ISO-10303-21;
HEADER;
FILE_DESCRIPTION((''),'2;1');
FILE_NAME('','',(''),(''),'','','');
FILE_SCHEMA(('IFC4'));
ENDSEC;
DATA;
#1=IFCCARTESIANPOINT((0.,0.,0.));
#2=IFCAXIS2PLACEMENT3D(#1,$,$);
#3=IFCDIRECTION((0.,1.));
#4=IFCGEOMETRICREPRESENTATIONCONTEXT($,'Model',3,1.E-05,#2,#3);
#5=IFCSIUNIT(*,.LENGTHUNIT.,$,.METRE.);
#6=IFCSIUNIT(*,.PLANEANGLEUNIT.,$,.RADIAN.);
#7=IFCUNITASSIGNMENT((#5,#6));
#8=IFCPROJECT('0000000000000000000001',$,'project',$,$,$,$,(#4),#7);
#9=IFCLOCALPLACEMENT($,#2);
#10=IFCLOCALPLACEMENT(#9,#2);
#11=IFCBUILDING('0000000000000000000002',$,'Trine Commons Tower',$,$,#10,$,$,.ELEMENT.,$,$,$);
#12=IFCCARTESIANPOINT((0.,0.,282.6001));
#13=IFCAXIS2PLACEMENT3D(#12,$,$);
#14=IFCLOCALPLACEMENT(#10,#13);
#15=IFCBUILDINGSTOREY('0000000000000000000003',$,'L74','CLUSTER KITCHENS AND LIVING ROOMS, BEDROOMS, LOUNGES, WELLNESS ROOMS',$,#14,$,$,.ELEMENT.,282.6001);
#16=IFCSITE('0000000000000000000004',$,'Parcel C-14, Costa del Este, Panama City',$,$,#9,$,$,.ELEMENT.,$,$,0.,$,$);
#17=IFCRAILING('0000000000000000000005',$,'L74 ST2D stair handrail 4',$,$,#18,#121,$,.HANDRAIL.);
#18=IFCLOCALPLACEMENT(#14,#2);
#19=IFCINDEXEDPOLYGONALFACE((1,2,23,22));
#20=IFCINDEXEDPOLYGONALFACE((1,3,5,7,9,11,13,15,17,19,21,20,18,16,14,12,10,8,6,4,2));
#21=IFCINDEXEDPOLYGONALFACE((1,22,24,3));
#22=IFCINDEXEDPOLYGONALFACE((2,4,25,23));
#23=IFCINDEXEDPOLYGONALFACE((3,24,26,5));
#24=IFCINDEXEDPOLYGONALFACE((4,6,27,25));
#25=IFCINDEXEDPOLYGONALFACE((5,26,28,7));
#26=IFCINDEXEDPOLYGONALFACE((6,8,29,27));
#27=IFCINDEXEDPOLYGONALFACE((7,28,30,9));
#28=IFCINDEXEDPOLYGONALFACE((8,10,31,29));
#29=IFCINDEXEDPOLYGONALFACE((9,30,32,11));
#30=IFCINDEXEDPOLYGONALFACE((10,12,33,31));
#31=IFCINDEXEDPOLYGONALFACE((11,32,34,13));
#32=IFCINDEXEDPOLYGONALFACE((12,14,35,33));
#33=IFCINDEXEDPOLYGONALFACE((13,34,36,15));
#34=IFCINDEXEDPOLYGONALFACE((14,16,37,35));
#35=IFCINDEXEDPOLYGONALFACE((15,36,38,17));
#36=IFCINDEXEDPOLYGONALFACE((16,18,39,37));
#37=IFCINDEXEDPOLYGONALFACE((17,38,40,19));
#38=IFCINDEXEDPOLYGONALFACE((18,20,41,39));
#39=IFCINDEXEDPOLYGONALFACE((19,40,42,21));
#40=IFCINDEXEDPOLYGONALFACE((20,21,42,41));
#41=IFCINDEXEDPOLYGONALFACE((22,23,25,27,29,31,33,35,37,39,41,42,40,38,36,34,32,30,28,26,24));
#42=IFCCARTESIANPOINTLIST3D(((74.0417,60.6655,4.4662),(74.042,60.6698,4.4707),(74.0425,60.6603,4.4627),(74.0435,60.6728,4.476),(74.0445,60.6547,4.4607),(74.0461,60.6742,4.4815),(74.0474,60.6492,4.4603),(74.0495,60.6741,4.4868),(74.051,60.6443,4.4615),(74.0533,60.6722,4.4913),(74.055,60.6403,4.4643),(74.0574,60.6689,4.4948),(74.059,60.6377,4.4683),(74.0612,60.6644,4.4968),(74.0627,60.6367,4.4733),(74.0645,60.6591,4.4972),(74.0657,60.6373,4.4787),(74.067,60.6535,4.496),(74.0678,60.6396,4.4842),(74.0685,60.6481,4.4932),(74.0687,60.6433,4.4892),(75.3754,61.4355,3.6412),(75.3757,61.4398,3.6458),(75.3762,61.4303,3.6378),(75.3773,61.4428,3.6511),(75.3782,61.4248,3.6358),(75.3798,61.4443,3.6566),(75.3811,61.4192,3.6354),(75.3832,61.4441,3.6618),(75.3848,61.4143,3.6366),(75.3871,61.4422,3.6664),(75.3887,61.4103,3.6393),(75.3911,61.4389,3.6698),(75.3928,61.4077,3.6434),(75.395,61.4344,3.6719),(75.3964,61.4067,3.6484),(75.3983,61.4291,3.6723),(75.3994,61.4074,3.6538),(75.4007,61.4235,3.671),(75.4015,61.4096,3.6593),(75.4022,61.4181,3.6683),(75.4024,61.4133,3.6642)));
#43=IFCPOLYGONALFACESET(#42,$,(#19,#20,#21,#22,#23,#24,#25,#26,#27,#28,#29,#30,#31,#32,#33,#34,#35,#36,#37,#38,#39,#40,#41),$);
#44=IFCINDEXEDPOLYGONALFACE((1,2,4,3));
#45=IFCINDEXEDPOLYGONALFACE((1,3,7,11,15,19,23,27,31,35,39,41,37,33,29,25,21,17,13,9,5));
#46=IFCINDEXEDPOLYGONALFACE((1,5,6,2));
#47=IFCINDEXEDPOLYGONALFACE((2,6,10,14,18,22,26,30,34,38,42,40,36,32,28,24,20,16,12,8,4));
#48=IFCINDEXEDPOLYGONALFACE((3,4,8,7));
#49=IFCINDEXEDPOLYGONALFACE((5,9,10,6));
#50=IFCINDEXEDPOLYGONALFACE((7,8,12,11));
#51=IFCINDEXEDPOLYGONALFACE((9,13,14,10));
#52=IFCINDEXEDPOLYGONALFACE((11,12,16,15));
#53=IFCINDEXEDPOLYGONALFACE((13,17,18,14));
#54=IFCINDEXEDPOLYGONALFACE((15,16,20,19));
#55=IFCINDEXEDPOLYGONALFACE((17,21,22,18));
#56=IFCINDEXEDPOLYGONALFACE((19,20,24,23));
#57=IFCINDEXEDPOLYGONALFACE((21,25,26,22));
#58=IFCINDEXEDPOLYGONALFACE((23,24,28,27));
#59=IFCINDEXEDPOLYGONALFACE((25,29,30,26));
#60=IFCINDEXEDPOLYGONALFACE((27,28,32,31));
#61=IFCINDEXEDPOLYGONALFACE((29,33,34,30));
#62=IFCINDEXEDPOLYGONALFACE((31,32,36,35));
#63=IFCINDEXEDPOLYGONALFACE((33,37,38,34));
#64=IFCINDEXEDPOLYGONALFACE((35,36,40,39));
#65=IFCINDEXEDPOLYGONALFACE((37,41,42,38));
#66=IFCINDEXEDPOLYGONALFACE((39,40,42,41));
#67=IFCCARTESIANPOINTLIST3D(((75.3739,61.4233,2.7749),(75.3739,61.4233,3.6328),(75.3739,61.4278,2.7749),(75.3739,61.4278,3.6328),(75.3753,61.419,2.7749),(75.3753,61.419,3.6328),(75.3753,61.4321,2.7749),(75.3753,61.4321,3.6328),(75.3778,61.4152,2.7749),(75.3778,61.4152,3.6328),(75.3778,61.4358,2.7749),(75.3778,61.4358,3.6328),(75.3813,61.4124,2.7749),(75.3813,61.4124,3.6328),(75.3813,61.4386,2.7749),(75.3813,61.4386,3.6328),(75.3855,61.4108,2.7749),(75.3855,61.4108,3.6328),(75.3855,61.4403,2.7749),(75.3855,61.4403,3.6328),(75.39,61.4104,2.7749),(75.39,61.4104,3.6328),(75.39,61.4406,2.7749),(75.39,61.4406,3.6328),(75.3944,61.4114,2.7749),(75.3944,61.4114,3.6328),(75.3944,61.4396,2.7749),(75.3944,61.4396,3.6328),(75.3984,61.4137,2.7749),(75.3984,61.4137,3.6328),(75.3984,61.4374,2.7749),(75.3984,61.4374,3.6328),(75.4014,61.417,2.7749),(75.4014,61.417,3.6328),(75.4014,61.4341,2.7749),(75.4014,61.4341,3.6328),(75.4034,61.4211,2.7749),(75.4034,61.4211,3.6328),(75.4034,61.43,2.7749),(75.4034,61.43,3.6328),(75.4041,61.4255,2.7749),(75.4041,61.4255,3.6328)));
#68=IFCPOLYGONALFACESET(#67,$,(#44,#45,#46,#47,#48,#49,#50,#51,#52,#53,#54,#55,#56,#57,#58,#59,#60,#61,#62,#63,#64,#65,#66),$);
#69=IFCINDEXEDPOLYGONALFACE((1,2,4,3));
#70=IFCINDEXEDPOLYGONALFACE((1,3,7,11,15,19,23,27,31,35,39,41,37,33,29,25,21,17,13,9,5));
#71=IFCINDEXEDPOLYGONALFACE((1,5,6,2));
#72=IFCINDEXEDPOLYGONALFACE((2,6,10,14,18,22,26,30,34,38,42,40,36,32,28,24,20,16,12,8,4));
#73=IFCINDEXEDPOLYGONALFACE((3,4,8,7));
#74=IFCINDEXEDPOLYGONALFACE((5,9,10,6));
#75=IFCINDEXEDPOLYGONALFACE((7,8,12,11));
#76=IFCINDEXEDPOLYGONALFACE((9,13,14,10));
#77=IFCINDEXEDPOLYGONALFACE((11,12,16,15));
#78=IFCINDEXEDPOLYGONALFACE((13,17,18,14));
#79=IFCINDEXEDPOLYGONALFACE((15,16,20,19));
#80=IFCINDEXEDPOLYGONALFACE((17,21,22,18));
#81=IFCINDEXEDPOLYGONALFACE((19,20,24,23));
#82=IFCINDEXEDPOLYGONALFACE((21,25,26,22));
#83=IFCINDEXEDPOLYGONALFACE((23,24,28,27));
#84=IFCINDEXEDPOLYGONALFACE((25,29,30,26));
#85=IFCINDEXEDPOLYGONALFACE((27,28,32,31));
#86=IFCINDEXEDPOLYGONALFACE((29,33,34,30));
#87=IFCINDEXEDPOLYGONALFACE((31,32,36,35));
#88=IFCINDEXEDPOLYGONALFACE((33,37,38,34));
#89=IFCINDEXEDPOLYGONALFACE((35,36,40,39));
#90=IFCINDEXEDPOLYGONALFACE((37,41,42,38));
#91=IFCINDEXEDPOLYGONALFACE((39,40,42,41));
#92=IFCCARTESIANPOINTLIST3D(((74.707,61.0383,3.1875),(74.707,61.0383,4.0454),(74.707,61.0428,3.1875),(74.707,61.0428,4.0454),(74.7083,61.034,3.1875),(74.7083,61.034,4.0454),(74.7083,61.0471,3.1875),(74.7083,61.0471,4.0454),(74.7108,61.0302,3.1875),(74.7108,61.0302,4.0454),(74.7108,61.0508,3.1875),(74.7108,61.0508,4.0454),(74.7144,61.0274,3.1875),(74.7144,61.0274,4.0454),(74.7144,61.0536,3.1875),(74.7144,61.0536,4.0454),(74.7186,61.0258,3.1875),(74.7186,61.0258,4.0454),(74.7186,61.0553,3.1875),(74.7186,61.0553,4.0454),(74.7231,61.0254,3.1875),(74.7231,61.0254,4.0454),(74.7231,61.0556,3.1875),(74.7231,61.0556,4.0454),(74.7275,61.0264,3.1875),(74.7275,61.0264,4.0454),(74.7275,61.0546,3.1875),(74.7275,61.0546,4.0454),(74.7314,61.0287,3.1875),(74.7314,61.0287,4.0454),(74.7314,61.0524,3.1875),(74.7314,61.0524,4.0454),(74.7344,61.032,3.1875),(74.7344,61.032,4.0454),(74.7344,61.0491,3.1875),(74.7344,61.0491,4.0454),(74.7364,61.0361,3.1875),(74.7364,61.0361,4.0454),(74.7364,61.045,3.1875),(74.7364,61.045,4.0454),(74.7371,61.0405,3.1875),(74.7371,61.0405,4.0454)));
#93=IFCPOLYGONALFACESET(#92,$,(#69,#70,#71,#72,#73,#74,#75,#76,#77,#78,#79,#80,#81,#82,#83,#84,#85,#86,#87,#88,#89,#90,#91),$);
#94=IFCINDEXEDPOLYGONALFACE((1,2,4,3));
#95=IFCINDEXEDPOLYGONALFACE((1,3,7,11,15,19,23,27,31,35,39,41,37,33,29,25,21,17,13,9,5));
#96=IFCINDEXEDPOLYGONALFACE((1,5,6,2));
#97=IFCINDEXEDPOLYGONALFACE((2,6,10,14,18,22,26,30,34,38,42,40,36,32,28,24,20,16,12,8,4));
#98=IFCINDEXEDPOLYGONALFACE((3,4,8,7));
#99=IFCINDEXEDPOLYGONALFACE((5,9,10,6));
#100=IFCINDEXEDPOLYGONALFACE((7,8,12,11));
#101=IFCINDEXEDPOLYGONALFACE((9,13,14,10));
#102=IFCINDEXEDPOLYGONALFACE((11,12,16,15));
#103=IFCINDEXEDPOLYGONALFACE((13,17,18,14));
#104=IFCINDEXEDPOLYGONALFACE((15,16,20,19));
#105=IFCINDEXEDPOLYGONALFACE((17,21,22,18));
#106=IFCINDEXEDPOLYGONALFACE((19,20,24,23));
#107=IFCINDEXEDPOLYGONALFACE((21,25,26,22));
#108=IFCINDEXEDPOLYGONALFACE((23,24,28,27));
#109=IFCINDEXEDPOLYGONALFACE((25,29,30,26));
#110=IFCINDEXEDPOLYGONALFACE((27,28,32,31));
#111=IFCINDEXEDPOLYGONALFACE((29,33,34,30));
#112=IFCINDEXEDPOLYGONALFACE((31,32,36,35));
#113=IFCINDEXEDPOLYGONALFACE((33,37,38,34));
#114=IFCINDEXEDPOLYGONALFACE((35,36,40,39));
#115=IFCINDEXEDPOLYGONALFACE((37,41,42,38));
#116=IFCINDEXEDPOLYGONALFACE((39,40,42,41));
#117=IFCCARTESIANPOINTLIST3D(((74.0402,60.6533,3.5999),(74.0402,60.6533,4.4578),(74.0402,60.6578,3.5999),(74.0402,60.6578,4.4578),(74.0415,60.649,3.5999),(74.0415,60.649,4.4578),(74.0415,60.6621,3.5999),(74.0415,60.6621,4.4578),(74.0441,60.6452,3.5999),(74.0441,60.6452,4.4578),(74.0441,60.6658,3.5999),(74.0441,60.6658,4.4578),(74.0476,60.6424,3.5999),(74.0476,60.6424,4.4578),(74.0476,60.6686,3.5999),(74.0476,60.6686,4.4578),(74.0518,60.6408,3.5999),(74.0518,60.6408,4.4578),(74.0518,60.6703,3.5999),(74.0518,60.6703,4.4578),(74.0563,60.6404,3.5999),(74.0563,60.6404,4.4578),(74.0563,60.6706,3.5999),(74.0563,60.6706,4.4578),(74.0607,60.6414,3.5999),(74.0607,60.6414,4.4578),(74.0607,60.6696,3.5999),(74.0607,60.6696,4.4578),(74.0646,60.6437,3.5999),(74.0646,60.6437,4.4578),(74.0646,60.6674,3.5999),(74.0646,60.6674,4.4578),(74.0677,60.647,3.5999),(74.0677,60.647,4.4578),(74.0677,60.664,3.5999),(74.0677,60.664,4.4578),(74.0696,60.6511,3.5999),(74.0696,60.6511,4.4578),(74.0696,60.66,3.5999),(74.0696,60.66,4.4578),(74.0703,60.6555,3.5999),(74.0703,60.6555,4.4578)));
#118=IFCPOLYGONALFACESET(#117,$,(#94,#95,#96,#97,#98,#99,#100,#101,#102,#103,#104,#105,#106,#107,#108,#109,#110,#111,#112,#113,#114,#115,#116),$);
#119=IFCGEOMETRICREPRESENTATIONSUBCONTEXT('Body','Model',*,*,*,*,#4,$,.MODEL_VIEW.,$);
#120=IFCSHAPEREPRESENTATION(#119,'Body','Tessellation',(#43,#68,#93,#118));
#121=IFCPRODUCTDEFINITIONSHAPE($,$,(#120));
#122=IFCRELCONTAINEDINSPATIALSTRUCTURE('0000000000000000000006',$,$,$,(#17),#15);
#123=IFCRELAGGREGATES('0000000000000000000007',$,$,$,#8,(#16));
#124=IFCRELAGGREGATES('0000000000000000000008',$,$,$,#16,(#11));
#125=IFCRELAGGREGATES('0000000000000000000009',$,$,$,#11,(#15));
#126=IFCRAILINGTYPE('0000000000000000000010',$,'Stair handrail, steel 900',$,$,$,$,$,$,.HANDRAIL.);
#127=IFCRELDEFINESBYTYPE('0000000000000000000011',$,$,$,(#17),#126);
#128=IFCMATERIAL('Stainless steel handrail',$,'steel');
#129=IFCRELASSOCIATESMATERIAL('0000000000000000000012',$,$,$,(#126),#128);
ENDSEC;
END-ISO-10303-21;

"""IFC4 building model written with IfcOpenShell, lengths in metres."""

from ifc_helpers import new_model, si_unit, direction, frame, origin, origin_2d, place, context, subcontext, project, spatial, circle, extrude, material, type_object, element, save


model = new_model("IFC4")

# Units and contexts
model_context = context("Model", 3, precision=1e-05, world=origin(), true_north=direction((0.0, 1.0)))
body_context = subcontext(model_context, "Body", "Model", "MODEL_VIEW")
ifc_project = project(units=[si_unit("LENGTHUNIT", "METRE"), si_unit("PLANEANGLEUNIT", "RADIAN")], contexts=[model_context])

# Site, building, storey
site_placement = place(None, origin())
site = spatial("IfcSite", under=ifc_project, at=site_placement, Name="Parcel C-14, Costa del Este, Panama City", CompositionType="ELEMENT", RefElevation=0.0)
building_placement = place(site_placement, origin())
building = spatial("IfcBuilding", under=site, at=building_placement, Name="Trine Commons Tower", CompositionType="ELEMENT")
storey_placement = place(building_placement, frame((0.0, 0.0, 282.6001)))
storey = spatial("IfcBuildingStorey", under=building, at=storey_placement, Name="L74", Description="CLUSTER KITCHENS AND LIVING ROOMS, BEDROOMS, LOUNGES, WELLNESS ROOMS", CompositionType="ELEMENT", Elevation=282.6001)

# Railing
ifc_material_1 = material(Name="Stainless steel handrail", Category="steel")
railing_type_1 = type_object("IfcRailingType", Name="Stair handrail, steel 900", PredefinedType="HANDRAIL", material=ifc_material_1)
for number, where, name in (
    (1, (75.3889, 61.4255, 2.7749), "L74 ST2D stair handrail 4"),
):
    element("IfcRailing", number, at=place(storey_placement, frame(where)), inside=storey, type_object=railing_type_1, Name=name, PredefinedType="HANDRAIL", context=body_context, shape_type="SweptSolid", body=[
        extrude(circle(Radius=0.021, at=origin_2d()), frame((0.0, 0.0, 0.8789), z_axis=(-0.763405, -0.440743, 0.472185), x_axis=(0.499992, -0.86603, 0.0)), (0.0, 0.0, 1.0), 1.7471),
        extrude(circle(Radius=0.0151, at=origin_2d()), origin(), (0.0, 0.0, 1.0), 0.8579),
        extrude(circle(Radius=0.0151, at=origin_2d()), frame((-0.667, -0.385, 0.4126)), (0.0, 0.0, 1.0), 0.8579),
        extrude(circle(Radius=0.0151, at=origin_2d()), frame((-1.3337, -0.77, 0.825)), (0.0, 0.0, 1.0), 0.8579),
    ])

save(model, "model.ifc")
